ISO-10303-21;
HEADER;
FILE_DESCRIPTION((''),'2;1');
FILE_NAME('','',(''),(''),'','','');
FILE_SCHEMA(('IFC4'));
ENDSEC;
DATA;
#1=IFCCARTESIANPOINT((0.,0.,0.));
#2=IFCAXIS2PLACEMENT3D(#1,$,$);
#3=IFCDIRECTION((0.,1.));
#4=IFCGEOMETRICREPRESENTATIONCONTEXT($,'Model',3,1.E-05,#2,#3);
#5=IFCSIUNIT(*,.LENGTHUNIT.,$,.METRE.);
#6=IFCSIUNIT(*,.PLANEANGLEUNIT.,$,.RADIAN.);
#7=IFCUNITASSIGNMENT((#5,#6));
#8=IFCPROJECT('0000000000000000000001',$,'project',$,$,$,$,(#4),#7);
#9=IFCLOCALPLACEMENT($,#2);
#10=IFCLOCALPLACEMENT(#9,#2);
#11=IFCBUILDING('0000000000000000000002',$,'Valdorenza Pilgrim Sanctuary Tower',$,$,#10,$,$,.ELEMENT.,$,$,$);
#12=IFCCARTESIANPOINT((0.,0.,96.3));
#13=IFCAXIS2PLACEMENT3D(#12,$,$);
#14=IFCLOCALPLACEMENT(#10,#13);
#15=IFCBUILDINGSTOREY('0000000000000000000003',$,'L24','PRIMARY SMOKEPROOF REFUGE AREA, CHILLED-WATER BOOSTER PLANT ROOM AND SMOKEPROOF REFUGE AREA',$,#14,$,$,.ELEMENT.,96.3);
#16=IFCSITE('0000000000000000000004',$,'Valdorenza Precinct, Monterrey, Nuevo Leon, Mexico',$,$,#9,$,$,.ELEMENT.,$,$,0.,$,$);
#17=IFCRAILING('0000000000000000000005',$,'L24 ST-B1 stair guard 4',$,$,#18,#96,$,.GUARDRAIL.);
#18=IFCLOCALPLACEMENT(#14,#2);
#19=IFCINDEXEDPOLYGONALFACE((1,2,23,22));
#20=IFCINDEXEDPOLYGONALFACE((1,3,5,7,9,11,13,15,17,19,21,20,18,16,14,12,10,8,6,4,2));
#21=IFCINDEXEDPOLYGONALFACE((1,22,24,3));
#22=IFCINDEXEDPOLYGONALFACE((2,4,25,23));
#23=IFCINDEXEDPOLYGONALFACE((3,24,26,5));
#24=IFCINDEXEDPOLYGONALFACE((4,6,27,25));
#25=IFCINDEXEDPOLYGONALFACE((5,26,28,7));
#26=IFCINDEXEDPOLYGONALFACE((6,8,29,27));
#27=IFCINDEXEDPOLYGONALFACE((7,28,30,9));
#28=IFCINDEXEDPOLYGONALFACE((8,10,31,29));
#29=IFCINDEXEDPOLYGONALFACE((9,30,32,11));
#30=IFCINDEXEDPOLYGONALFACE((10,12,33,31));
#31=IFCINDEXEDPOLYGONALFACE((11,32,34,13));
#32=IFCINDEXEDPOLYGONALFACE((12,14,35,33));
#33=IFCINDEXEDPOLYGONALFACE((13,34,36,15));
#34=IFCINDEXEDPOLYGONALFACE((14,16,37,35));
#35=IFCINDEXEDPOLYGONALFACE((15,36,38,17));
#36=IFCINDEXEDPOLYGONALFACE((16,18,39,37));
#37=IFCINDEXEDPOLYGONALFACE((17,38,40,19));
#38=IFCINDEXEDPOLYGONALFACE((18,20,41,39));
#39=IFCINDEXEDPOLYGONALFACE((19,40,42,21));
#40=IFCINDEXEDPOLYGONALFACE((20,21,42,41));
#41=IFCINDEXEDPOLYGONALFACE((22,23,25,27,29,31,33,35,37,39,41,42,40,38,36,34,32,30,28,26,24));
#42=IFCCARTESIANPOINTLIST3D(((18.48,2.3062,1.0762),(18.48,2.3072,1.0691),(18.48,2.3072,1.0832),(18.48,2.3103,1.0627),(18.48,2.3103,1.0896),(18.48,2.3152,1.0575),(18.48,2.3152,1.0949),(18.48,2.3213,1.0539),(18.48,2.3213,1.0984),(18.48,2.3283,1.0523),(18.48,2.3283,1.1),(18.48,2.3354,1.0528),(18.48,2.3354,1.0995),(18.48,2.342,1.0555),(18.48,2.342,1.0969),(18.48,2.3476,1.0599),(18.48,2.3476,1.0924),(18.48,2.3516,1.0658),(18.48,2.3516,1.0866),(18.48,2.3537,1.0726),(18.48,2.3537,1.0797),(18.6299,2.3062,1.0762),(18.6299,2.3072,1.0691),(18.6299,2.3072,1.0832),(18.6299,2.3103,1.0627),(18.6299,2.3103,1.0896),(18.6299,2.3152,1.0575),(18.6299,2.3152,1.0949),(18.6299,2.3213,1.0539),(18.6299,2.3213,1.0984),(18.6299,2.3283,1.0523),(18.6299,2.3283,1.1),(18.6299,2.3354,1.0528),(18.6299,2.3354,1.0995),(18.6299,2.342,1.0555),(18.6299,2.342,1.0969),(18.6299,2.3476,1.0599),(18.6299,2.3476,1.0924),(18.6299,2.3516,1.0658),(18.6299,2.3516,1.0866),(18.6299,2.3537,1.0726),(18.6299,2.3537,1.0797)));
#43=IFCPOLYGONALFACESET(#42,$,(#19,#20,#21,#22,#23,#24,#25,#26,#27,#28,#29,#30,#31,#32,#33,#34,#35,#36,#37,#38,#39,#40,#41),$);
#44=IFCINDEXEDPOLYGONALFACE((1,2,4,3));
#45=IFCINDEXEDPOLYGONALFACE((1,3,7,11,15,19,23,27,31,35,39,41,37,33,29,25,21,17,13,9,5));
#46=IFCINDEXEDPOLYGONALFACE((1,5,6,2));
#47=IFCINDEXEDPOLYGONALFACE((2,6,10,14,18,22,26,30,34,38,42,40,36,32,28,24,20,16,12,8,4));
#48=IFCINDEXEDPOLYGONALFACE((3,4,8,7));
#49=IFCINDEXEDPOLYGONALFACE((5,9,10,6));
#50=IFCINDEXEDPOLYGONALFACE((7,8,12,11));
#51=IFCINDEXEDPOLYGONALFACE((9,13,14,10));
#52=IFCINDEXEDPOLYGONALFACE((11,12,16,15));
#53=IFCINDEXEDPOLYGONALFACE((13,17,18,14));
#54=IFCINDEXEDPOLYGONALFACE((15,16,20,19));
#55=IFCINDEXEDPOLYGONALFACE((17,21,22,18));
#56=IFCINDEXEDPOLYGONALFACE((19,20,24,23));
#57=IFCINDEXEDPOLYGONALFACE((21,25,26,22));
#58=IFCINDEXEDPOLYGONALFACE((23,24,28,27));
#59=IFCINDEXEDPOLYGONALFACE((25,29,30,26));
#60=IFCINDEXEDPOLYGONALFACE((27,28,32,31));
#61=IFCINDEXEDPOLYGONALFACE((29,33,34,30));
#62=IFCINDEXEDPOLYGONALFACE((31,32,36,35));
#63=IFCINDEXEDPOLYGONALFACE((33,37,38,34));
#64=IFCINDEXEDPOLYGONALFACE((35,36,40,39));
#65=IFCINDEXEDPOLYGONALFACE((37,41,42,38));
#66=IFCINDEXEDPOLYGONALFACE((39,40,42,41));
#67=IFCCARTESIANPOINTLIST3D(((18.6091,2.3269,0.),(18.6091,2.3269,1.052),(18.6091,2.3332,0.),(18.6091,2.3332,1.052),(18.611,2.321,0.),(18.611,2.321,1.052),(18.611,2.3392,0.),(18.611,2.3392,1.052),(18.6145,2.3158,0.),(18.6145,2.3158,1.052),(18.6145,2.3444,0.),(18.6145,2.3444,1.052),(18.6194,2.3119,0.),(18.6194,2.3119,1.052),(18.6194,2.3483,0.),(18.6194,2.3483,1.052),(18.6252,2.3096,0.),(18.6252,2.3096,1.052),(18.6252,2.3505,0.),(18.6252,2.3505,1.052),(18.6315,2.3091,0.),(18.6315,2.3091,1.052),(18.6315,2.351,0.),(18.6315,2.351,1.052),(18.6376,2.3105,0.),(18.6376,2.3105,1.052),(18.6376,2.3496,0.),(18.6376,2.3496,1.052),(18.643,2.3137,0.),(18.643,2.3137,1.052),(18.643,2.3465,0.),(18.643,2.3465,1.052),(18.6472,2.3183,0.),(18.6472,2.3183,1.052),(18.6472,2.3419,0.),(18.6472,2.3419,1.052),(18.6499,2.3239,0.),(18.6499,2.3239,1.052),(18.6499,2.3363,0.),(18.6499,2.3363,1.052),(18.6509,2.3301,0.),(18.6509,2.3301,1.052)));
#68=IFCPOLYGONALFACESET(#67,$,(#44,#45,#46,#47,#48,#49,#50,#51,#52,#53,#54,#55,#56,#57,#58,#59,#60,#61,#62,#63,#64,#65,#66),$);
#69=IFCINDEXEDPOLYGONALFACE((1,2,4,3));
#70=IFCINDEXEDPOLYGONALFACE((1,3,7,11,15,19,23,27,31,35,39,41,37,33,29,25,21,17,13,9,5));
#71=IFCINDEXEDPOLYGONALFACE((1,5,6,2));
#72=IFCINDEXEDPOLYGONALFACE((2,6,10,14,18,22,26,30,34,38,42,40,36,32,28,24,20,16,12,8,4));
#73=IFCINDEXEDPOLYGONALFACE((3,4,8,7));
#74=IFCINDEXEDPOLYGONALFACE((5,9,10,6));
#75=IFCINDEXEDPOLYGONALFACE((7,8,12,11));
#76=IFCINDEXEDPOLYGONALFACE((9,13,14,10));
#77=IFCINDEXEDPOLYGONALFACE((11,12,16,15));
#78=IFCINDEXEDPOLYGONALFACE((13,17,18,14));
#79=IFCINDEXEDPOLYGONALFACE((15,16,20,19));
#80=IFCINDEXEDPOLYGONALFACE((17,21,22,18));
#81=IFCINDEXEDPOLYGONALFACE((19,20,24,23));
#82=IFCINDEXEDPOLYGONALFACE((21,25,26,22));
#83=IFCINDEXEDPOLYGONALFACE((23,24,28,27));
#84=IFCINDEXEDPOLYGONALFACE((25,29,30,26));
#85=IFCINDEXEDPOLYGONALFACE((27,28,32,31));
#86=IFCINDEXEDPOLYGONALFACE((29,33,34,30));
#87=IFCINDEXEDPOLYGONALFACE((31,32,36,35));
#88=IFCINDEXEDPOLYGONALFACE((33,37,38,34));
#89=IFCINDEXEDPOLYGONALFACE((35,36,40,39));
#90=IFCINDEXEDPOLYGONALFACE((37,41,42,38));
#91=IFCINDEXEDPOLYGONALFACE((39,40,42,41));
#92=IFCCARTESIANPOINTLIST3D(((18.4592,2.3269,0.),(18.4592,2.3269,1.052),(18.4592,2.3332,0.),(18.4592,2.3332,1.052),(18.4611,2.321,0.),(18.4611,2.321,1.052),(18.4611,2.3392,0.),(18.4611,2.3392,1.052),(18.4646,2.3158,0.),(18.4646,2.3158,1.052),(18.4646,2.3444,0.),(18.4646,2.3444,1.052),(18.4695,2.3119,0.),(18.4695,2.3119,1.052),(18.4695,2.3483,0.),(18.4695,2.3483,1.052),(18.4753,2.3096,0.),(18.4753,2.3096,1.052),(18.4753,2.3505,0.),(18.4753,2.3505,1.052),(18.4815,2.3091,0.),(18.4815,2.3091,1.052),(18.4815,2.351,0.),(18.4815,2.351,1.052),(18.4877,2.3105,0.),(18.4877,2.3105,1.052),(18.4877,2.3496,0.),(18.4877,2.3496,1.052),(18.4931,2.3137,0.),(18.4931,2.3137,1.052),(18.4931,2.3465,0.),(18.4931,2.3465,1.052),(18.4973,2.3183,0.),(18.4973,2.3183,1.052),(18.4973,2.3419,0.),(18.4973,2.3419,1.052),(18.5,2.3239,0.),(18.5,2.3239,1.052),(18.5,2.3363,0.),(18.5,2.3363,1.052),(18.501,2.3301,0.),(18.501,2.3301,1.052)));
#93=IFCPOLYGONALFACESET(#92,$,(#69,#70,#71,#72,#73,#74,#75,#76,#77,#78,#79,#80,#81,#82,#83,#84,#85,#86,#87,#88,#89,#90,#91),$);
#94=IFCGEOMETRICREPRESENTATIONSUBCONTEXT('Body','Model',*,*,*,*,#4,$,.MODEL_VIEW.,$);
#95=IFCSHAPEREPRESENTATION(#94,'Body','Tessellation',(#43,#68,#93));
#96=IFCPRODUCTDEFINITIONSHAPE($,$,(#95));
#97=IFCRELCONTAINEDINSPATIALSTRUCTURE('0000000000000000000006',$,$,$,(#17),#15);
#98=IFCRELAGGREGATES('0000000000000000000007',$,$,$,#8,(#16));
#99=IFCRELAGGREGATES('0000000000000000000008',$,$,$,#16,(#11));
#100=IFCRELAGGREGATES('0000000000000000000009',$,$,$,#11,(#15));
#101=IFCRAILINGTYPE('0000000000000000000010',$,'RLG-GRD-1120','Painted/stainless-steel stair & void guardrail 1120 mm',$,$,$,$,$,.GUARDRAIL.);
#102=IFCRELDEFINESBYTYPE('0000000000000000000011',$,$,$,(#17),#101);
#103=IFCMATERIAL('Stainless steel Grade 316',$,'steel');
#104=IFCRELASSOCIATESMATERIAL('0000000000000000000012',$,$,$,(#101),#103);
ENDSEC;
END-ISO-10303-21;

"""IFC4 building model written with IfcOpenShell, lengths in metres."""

from ifc_helpers import new_model, si_unit, direction, frame, origin, origin_2d, place, context, subcontext, project, spatial, circle, extrude, material, type_object, element, save


model = new_model("IFC4")

# Units and contexts
model_context = context("Model", 3, precision=1e-05, world=origin(), true_north=direction((0.0, 1.0)))
body_context = subcontext(model_context, "Body", "Model", "MODEL_VIEW")
ifc_project = project(units=[si_unit("LENGTHUNIT", "METRE"), si_unit("PLANEANGLEUNIT", "RADIAN")], contexts=[model_context])

# Site, building, storey
site_placement = place(None, origin())
site = spatial("IfcSite", under=ifc_project, at=site_placement, Name="Valdorenza Precinct, Monterrey, Nuevo Leon, Mexico", CompositionType="ELEMENT", RefElevation=0.0)
building_placement = place(site_placement, origin())
building = spatial("IfcBuilding", under=site, at=building_placement, Name="Valdorenza Pilgrim Sanctuary Tower", CompositionType="ELEMENT")
storey_placement = place(building_placement, frame((0.0, 0.0, 96.3)))
storey = spatial("IfcBuildingStorey", under=building, at=storey_placement, Name="L24", Description="PRIMARY SMOKEPROOF REFUGE AREA, CHILLED-WATER BOOSTER PLANT ROOM AND SMOKEPROOF REFUGE AREA", CompositionType="ELEMENT", Elevation=96.3)

# Railing
ifc_material_1 = material(Name="Stainless steel Grade 316", Category="steel")
railing_type_1 = type_object("IfcRailingType", Name="RLG-GRD-1120", Description="Painted/stainless-steel stair & void guardrail 1120 mm", PredefinedType="GUARDRAIL", material=ifc_material_1)
railing_1_placement = place(storey_placement, frame((18.6299, 2.3301, 0.0)))
element("IfcRailing", 1, at=railing_1_placement, inside=storey, type_object=railing_type_1, Name="L24 ST-B1 stair guard 4", PredefinedType="GUARDRAIL", context=body_context, shape_type="SweptSolid", body=[
    extrude(circle(Radius=0.0239, at=origin_2d()), frame((0.0, 0.0, 1.0762), z_axis=(-1.0, 0.0, 0.0), x_axis=(0.0, -1.0, 0.0)), (0.0, 0.0, 1.0), 0.1499),
    extrude(circle(Radius=0.021, at=origin_2d()), origin(), (0.0, 0.0, 1.0), 1.052),
    extrude(circle(Radius=0.021, at=origin_2d()), frame((-0.1499, 0.0, 0.0)), (0.0, 0.0, 1.0), 1.052),
])

save(model, "model.ifc")
